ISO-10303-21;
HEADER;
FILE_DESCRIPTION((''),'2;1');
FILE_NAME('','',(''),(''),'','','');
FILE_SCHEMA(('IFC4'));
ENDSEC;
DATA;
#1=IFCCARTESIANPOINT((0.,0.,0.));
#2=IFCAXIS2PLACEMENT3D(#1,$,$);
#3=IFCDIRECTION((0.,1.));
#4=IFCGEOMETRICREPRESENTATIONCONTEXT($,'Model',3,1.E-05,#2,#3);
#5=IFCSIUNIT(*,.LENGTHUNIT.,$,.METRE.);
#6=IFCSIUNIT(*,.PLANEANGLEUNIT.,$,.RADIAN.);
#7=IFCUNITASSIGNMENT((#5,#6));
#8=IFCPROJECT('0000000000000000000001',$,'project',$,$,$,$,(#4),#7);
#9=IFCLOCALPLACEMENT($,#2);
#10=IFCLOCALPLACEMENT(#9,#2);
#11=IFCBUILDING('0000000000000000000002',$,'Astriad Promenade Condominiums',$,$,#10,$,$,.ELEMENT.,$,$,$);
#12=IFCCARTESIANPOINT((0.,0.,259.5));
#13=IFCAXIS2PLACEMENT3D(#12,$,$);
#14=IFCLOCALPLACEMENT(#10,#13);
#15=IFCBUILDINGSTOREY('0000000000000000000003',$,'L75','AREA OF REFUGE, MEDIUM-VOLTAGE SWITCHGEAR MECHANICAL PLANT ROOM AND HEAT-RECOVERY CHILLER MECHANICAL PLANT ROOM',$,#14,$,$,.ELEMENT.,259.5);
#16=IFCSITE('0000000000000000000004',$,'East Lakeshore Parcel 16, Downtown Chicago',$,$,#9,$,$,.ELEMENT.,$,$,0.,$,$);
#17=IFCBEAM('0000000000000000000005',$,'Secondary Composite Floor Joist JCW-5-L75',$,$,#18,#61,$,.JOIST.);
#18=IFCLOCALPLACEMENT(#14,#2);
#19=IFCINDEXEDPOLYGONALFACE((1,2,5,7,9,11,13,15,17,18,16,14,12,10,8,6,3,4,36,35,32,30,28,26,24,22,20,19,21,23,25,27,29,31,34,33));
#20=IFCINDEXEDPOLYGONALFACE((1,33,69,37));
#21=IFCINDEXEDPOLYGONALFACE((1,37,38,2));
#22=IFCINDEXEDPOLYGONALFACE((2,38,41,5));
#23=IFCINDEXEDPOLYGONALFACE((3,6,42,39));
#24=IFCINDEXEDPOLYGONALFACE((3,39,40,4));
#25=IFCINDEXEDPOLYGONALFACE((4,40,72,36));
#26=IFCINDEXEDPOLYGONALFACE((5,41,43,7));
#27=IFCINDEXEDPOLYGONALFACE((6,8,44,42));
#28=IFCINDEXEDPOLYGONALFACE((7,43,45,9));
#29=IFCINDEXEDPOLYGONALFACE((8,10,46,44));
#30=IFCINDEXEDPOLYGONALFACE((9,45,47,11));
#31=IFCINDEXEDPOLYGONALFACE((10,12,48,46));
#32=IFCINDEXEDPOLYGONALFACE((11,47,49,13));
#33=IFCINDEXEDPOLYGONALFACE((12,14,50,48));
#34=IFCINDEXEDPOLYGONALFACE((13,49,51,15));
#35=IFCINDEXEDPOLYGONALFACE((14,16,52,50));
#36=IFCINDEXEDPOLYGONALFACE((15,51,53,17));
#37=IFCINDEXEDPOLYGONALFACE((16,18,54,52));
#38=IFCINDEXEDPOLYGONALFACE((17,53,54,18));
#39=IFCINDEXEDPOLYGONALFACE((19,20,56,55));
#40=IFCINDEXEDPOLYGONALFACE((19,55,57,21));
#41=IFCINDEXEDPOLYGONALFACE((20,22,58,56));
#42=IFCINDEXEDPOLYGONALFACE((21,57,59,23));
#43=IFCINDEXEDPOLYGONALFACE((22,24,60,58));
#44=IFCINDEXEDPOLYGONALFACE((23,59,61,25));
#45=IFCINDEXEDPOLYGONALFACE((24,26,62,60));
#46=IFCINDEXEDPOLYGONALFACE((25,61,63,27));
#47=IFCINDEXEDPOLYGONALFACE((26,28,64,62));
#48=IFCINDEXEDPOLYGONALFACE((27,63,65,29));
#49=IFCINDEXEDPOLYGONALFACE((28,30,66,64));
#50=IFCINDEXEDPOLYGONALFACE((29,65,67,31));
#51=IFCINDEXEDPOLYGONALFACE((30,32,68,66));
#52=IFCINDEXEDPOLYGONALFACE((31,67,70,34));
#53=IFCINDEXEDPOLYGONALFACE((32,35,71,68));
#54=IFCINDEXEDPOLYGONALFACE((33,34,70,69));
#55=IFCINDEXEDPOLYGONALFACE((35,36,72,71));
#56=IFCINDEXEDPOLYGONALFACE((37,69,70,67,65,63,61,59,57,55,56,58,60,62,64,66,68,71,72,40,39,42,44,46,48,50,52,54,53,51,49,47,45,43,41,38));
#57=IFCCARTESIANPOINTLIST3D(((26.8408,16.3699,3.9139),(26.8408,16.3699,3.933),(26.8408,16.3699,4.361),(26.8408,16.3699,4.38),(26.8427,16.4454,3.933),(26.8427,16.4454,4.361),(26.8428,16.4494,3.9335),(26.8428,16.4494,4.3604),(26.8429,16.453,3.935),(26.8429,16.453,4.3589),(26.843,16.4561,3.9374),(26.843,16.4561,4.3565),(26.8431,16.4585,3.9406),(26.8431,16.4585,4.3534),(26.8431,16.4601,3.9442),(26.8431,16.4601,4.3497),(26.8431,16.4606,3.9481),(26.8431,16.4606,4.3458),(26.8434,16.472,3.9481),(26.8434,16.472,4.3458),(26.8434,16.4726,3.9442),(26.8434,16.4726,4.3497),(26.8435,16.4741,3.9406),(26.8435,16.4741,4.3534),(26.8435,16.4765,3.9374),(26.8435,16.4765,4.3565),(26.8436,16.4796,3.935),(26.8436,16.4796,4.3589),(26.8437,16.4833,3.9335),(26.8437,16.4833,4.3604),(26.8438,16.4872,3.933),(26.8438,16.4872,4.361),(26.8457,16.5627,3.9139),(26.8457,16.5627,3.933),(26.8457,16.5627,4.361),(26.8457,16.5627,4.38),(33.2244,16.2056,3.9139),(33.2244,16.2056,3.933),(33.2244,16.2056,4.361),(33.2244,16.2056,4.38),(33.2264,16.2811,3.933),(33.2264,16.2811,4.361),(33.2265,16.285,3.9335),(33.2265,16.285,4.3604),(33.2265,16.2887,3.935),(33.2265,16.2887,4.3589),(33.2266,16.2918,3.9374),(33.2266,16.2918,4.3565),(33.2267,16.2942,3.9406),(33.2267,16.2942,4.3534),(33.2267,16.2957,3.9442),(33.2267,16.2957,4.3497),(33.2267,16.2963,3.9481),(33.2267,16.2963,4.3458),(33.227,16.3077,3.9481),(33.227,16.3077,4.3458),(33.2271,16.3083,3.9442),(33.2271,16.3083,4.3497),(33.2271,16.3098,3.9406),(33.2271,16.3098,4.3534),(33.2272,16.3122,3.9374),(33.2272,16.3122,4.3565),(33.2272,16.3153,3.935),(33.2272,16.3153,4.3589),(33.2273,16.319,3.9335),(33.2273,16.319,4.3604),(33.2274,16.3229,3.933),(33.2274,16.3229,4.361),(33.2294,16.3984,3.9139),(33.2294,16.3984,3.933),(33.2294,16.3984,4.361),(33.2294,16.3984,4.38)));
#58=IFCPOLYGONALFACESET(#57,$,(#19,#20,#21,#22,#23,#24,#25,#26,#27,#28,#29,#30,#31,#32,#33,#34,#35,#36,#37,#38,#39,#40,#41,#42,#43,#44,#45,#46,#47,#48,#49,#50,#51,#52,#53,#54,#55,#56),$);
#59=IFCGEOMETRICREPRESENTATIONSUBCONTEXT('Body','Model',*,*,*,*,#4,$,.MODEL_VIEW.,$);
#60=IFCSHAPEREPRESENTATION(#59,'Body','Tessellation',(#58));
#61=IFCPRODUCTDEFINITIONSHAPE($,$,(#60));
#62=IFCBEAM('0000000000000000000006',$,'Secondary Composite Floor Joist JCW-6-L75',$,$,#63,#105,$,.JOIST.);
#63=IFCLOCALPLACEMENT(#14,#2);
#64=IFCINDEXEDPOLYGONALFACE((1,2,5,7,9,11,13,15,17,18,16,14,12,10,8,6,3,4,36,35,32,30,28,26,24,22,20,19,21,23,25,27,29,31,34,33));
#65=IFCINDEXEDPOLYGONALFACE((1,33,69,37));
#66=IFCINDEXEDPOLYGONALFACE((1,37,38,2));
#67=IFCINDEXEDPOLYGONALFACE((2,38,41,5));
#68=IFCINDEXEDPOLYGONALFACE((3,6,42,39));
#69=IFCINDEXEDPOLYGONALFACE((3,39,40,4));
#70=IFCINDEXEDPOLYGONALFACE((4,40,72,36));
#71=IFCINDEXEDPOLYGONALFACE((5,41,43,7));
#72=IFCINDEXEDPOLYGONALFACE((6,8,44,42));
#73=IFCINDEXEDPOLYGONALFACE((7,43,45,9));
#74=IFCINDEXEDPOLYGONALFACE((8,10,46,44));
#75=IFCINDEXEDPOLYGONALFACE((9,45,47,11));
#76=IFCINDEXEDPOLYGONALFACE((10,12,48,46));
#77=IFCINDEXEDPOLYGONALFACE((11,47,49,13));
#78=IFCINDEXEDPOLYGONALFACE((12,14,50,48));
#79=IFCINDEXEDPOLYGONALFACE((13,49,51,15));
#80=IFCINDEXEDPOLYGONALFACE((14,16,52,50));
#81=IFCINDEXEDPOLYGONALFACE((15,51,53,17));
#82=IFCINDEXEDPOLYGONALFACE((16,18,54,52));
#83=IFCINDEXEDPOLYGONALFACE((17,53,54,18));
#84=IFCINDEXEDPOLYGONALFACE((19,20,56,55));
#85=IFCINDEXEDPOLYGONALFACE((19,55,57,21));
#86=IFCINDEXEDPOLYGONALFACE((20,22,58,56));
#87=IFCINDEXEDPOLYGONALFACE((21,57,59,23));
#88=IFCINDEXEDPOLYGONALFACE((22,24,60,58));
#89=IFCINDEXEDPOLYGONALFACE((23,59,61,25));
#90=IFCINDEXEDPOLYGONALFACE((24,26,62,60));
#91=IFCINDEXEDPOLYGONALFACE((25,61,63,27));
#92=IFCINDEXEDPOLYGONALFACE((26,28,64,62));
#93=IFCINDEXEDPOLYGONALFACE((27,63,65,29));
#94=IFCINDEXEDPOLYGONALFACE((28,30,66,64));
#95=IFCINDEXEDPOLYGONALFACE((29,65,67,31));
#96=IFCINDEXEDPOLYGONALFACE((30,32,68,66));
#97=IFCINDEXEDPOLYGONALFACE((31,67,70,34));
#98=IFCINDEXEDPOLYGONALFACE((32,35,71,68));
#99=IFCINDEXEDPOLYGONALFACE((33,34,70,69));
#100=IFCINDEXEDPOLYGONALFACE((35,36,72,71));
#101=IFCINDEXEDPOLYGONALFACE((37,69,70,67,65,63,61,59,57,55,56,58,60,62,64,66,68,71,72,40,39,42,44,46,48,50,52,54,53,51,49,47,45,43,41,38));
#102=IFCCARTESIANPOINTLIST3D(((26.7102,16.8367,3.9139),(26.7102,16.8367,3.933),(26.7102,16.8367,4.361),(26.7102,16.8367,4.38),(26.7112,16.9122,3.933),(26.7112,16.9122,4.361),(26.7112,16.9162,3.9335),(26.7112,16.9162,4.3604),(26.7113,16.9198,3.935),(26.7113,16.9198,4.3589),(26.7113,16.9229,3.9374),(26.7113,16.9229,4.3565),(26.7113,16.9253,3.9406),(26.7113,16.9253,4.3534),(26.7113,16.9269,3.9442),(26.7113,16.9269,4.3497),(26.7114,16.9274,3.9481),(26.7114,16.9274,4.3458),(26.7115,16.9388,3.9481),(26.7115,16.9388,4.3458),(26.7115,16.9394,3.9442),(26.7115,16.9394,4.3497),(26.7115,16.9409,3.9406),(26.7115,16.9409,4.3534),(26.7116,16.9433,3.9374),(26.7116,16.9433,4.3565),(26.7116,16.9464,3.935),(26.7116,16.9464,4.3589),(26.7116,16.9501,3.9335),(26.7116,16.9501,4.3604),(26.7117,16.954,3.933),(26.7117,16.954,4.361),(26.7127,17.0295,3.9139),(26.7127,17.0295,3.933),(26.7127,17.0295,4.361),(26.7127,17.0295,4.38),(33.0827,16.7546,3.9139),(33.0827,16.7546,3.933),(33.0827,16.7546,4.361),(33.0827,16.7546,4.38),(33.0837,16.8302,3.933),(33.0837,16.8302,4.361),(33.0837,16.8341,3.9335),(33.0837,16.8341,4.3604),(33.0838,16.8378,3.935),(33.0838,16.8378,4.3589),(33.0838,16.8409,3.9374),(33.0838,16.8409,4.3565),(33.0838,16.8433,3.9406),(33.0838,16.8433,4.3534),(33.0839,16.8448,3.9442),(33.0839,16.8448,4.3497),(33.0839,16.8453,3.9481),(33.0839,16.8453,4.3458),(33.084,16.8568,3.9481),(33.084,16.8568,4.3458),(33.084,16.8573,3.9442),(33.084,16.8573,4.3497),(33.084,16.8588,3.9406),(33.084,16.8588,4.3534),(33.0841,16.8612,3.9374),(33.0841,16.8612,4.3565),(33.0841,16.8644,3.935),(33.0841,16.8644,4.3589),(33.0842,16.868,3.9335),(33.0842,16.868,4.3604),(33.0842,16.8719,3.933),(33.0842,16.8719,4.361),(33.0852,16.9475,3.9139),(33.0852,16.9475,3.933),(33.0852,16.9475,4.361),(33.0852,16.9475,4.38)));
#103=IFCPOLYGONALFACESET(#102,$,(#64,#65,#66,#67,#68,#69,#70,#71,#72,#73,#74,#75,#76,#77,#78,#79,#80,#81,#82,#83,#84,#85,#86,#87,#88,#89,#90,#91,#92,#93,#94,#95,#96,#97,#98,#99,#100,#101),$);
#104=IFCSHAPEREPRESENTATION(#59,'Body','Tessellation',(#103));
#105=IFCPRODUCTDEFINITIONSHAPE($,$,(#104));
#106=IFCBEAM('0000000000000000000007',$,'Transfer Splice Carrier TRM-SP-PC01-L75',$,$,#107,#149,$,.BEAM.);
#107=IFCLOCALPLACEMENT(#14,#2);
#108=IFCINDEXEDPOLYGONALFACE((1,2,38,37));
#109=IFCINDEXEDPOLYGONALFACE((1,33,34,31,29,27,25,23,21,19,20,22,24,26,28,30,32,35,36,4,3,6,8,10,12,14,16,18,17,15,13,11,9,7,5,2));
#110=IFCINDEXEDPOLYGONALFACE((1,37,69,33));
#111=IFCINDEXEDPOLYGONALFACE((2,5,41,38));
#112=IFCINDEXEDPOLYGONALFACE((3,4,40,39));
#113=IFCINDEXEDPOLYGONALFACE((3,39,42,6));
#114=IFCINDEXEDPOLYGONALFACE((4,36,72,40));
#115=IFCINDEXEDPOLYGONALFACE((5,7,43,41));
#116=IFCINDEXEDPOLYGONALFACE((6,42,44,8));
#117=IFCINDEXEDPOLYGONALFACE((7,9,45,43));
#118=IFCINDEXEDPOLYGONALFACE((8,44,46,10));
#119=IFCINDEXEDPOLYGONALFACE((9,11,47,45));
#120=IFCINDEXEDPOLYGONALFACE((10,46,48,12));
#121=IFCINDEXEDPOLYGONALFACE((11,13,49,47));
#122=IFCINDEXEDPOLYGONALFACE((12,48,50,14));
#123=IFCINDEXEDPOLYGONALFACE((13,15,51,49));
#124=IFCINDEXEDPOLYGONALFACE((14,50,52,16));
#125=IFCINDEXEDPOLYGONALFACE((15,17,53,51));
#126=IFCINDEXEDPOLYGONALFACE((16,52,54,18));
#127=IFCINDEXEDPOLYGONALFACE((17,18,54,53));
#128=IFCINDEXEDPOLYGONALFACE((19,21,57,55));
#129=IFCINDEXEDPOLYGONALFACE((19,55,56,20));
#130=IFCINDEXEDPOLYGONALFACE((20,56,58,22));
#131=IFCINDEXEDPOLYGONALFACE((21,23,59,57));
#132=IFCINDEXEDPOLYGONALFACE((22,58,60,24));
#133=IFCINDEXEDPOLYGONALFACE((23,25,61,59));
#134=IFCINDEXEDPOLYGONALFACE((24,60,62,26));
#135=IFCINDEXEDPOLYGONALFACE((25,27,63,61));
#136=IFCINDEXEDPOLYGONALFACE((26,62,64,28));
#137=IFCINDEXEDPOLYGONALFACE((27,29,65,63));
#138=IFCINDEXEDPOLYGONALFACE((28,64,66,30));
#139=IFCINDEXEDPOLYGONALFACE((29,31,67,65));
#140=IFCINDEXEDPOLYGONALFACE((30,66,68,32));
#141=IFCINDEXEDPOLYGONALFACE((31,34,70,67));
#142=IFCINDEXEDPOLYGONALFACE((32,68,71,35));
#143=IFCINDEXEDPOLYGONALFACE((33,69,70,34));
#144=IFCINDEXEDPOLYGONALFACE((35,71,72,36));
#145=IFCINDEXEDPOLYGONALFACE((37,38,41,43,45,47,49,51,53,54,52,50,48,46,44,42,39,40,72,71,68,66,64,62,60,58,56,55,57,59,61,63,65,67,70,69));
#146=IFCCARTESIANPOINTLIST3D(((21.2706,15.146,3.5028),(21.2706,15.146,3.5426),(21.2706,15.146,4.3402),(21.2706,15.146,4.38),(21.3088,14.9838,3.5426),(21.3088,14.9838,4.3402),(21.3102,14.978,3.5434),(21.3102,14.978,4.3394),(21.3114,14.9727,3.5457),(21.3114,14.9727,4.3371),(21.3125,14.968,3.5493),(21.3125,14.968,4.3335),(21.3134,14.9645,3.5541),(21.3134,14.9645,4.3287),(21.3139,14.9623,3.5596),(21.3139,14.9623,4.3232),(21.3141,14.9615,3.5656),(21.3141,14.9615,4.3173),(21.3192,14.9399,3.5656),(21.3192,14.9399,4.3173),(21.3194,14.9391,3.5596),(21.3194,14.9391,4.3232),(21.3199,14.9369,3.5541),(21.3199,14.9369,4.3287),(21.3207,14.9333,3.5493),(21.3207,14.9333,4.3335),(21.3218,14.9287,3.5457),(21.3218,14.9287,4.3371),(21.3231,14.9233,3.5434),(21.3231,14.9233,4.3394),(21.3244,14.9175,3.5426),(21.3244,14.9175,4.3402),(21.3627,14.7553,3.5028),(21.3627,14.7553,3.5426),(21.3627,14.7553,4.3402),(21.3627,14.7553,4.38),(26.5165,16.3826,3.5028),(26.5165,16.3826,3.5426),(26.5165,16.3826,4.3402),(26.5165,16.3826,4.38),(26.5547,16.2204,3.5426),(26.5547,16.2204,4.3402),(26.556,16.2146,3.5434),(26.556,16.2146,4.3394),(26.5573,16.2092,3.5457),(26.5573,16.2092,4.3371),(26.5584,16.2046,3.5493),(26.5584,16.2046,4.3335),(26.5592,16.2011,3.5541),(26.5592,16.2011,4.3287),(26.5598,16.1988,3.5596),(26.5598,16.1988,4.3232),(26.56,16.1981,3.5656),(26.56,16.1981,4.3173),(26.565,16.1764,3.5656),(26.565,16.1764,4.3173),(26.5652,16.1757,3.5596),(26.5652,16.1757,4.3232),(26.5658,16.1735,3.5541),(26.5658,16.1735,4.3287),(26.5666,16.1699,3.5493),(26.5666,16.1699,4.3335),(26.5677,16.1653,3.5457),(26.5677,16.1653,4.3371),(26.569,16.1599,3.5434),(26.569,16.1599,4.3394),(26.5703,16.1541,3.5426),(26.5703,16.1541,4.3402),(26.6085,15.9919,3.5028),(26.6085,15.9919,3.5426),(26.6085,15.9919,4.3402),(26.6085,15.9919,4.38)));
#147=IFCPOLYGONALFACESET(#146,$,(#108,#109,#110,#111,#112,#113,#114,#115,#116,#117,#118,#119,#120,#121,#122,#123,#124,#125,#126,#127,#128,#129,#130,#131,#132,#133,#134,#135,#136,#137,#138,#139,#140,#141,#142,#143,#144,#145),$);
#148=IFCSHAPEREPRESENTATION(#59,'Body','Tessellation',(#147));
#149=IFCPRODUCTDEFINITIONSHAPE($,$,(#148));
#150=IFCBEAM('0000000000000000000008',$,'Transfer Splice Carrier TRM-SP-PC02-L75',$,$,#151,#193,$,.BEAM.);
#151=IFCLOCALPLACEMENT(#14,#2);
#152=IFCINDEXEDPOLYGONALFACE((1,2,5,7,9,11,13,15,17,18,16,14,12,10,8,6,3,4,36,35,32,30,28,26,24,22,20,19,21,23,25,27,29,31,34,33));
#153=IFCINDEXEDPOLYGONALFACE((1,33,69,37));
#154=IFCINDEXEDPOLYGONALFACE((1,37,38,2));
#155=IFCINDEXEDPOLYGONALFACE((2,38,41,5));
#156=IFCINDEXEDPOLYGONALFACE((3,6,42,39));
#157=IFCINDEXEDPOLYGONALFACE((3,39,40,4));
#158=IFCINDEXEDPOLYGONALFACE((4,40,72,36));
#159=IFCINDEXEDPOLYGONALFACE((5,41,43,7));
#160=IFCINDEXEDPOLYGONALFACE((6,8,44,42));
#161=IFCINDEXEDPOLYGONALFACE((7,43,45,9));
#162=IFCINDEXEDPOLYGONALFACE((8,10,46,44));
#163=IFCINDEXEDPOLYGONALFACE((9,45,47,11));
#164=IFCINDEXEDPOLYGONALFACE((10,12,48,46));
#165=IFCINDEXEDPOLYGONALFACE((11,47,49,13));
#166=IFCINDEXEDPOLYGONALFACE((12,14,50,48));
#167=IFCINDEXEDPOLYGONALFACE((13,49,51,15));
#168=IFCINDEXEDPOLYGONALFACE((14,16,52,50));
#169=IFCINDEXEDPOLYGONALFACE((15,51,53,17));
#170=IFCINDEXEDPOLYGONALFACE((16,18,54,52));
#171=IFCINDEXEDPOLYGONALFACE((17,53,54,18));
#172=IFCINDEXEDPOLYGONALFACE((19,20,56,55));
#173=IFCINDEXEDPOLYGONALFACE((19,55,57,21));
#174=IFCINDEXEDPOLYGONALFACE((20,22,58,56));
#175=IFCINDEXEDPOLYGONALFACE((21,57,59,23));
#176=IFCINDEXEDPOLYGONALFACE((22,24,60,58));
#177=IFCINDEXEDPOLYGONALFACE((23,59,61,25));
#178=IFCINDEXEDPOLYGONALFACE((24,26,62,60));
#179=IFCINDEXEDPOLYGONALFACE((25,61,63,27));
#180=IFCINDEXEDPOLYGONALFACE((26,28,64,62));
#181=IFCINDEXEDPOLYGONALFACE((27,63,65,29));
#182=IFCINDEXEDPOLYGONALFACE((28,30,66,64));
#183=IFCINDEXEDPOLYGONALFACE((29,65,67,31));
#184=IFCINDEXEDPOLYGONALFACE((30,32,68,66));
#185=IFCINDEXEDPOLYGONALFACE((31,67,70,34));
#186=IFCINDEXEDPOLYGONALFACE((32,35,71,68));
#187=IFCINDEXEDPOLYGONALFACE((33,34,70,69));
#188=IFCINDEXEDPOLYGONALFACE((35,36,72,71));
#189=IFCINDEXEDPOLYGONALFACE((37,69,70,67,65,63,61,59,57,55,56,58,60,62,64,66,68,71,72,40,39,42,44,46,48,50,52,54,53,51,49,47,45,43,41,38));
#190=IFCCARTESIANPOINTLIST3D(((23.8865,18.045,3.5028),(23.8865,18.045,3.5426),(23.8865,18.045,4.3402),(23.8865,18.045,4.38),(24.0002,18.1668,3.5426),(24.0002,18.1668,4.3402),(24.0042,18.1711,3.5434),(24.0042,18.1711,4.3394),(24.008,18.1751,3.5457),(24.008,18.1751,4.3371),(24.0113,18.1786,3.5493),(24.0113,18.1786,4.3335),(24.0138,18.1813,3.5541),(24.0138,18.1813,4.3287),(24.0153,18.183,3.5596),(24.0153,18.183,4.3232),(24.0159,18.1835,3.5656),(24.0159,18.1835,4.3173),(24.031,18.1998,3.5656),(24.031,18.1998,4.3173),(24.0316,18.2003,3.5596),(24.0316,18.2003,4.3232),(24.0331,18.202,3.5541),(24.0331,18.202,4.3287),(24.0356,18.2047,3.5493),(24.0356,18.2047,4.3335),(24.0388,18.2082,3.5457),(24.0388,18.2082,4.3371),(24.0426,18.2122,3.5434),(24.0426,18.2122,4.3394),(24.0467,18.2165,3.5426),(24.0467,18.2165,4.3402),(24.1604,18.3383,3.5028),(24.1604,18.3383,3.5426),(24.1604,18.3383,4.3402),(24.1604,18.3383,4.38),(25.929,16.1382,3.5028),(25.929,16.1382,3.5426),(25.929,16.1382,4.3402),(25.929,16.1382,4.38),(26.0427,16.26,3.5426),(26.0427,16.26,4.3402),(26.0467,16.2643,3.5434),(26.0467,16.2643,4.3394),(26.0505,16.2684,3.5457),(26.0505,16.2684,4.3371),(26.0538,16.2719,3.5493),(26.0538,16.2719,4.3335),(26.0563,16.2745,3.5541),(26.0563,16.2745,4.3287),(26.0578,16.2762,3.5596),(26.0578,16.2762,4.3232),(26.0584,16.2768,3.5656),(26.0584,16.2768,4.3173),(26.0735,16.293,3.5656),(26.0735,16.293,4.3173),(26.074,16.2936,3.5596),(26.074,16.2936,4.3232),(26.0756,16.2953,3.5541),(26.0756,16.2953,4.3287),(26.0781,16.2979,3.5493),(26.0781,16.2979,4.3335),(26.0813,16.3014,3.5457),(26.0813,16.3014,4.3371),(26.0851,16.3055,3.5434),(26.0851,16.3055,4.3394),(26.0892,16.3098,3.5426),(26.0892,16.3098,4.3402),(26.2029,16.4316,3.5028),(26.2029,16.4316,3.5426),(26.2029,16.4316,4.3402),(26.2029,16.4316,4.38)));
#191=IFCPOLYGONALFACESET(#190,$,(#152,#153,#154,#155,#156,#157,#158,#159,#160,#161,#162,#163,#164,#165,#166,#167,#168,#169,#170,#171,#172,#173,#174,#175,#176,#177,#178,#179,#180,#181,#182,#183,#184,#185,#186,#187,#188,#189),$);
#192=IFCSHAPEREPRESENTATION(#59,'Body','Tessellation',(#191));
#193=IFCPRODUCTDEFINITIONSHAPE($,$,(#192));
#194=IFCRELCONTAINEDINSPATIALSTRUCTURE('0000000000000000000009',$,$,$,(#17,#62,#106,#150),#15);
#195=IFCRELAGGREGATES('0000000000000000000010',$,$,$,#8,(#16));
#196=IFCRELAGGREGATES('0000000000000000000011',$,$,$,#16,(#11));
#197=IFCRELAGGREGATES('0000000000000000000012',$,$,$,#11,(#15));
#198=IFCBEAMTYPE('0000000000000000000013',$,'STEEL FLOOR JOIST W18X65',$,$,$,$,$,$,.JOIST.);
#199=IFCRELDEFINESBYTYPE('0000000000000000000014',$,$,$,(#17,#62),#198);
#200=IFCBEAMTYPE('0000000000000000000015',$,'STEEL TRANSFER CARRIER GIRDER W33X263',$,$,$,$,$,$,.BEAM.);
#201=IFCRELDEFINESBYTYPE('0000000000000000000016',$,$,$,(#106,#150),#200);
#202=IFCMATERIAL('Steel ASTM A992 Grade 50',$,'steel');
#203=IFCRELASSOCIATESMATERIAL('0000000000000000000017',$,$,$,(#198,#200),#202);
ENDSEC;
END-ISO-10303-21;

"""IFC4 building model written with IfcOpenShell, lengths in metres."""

from ifc_helpers import new_model, si_unit, direction, frame, origin, origin_2d, place, context, subcontext, project, spatial, i_section, extrude, source, transform, mapped, material, material_profile, profile_set, type_object, type_shapes, element, save


model = new_model("IFC4")

# Units and contexts
model_context = context("Model", 3, precision=1e-05, world=origin(), true_north=direction((0.0, 1.0)))
body_context = subcontext(model_context, "Body", "Model", "MODEL_VIEW")
ifc_project = project(units=[si_unit("LENGTHUNIT", "METRE"), si_unit("PLANEANGLEUNIT", "RADIAN")], contexts=[model_context])

# Site, building, storey
site_placement = place(None, origin())
site = spatial("IfcSite", under=ifc_project, at=site_placement, Name="East Lakeshore Parcel 16, Downtown Chicago", CompositionType="ELEMENT", RefElevation=0.0)
building_placement = place(site_placement, origin())
building = spatial("IfcBuilding", under=site, at=building_placement, Name="Astriad Promenade Condominiums", CompositionType="ELEMENT")
storey_placement = place(building_placement, frame((0.0, 0.0, 259.5)))
storey = spatial("IfcBuildingStorey", under=building, at=storey_placement, Name="L75", Description="AREA OF REFUGE, MEDIUM-VOLTAGE SWITCHGEAR MECHANICAL PLANT ROOM AND HEAT-RECOVERY CHILLER MECHANICAL PLANT ROOM", CompositionType="ELEMENT", Elevation=259.5)

# Shared definitions
ifc_material_1 = material(Name="Steel ASTM A992 Grade 50", Category="steel")

# Beams
ifc_material_profile_1 = material_profile(ifc_material_1, i_section(OverallWidth=0.1929, OverallDepth=0.4661, WebThickness=0.0115, FlangeThickness=0.019, FilletRadius=0.0151, at=origin_2d()), Name="W18X65")
ifc_profile_set_1 = profile_set([ifc_material_profile_1], Name="Steel ASTM A992 Grade 50")
beam_type_1 = type_object("IfcBeamType", Name="STEEL FLOOR JOIST W18X65", PredefinedType="JOIST", material=ifc_profile_set_1)
shared_shape_1 = source(origin(), body_context, "Body", "SweptSolid", [
    extrude(i_section(OverallWidth=0.1929, OverallDepth=0.4661, WebThickness=0.0115, FlangeThickness=0.019, FilletRadius=0.0151, at=origin_2d()), origin(), (0.0, 0.0, 1.0), 6.3857),
])
beam_1_placement = place(storey_placement, frame((26.8433, 16.4663, 4.147), z_axis=(0.999669, -0.025731, 0.0), x_axis=(0.025731, 0.999669, 0.0)))
element("IfcBeam", 1, at=beam_1_placement, inside=storey, type_object=beam_type_1, Name="Secondary Composite Floor Joist JCW-5-L75", PredefinedType="JOIST", context=body_context, shape_type="MappedRepresentation", body=[
    mapped(shared_shape_1, transform((0.0, 0.0, 0.0), scale=1.0)),
])
shared_shape_2 = source(origin(), body_context, "Body", "SweptSolid", [
    extrude(i_section(OverallWidth=0.1929, OverallDepth=0.4661, WebThickness=0.0115, FlangeThickness=0.019, FilletRadius=0.0151, at=origin_2d()), origin(), (0.0, 0.0, 1.0), 6.373),
])
beam_2_placement = place(storey_placement, frame((26.7114, 16.9331, 4.147), z_axis=(0.999917, -0.012872, 0.0), x_axis=(0.012872, 0.999917, 0.0)))
element("IfcBeam", 2, at=beam_2_placement, inside=storey, type_object=beam_type_1, Name="Secondary Composite Floor Joist JCW-6-L75", PredefinedType="JOIST", context=body_context, shape_type="MappedRepresentation", body=[
    mapped(shared_shape_2, transform((0.0, 0.0, 0.0), scale=1.0)),
])
ifc_material_profile_2 = material_profile(ifc_material_1, i_section(OverallWidth=0.4014, OverallDepth=0.8772, WebThickness=0.0222, FlangeThickness=0.0398, FilletRadius=0.0229, at=origin_2d()), Name="W33X263")
ifc_profile_set_2 = profile_set([ifc_material_profile_2], Name="Steel ASTM A992 Grade 50")
beam_type_2 = type_object("IfcBeamType", Name="STEEL TRANSFER CARRIER GIRDER W33X263", PredefinedType="BEAM", material=ifc_profile_set_2)
shared_shape_3 = source(origin(), body_context, "Body", "SweptSolid", [
    extrude(i_section(OverallWidth=0.4014, OverallDepth=0.8772, WebThickness=0.0222, FlangeThickness=0.0398, FilletRadius=0.0229, at=origin_2d()), origin(), (0.0, 0.0, 1.0), 5.3896),
])
beam_3_placement = place(storey_placement, frame((26.5625, 16.1873, 3.9414), z_axis=(-0.973324, -0.229436, 0.0), x_axis=(0.229436, -0.973324, 0.0)))
element("IfcBeam", 3, at=beam_3_placement, inside=storey, type_object=beam_type_2, Name="Transfer Splice Carrier TRM-SP-PC01-L75", PredefinedType="BEAM", context=body_context, shape_type="MappedRepresentation", body=[
    mapped(shared_shape_3, transform((0.0, 0.0, 0.0), scale=1.0)),
])
shared_shape_4 = source(origin(), body_context, "Body", "SweptSolid", [
    extrude(i_section(OverallWidth=0.4014, OverallDepth=0.8772, WebThickness=0.0222, FlangeThickness=0.0398, FilletRadius=0.0229, at=origin_2d()), origin(), (0.0, 0.0, 1.0), 2.7942),
])
type_shapes(beam_type_2, [shared_shape_3, shared_shape_4])
beam_4_placement = place(storey_placement, frame((24.0234, 18.1917, 3.9414), z_axis=(0.73098, -0.682399, 0.0), x_axis=(0.682399, 0.73098, 0.0)))
element("IfcBeam", 4, at=beam_4_placement, inside=storey, type_object=beam_type_2, Name="Transfer Splice Carrier TRM-SP-PC02-L75", PredefinedType="BEAM", context=body_context, shape_type="MappedRepresentation", body=[
    mapped(shared_shape_4, transform((0.0, 0.0, 0.0), scale=1.0)),
])

save(model, "model.ifc")
